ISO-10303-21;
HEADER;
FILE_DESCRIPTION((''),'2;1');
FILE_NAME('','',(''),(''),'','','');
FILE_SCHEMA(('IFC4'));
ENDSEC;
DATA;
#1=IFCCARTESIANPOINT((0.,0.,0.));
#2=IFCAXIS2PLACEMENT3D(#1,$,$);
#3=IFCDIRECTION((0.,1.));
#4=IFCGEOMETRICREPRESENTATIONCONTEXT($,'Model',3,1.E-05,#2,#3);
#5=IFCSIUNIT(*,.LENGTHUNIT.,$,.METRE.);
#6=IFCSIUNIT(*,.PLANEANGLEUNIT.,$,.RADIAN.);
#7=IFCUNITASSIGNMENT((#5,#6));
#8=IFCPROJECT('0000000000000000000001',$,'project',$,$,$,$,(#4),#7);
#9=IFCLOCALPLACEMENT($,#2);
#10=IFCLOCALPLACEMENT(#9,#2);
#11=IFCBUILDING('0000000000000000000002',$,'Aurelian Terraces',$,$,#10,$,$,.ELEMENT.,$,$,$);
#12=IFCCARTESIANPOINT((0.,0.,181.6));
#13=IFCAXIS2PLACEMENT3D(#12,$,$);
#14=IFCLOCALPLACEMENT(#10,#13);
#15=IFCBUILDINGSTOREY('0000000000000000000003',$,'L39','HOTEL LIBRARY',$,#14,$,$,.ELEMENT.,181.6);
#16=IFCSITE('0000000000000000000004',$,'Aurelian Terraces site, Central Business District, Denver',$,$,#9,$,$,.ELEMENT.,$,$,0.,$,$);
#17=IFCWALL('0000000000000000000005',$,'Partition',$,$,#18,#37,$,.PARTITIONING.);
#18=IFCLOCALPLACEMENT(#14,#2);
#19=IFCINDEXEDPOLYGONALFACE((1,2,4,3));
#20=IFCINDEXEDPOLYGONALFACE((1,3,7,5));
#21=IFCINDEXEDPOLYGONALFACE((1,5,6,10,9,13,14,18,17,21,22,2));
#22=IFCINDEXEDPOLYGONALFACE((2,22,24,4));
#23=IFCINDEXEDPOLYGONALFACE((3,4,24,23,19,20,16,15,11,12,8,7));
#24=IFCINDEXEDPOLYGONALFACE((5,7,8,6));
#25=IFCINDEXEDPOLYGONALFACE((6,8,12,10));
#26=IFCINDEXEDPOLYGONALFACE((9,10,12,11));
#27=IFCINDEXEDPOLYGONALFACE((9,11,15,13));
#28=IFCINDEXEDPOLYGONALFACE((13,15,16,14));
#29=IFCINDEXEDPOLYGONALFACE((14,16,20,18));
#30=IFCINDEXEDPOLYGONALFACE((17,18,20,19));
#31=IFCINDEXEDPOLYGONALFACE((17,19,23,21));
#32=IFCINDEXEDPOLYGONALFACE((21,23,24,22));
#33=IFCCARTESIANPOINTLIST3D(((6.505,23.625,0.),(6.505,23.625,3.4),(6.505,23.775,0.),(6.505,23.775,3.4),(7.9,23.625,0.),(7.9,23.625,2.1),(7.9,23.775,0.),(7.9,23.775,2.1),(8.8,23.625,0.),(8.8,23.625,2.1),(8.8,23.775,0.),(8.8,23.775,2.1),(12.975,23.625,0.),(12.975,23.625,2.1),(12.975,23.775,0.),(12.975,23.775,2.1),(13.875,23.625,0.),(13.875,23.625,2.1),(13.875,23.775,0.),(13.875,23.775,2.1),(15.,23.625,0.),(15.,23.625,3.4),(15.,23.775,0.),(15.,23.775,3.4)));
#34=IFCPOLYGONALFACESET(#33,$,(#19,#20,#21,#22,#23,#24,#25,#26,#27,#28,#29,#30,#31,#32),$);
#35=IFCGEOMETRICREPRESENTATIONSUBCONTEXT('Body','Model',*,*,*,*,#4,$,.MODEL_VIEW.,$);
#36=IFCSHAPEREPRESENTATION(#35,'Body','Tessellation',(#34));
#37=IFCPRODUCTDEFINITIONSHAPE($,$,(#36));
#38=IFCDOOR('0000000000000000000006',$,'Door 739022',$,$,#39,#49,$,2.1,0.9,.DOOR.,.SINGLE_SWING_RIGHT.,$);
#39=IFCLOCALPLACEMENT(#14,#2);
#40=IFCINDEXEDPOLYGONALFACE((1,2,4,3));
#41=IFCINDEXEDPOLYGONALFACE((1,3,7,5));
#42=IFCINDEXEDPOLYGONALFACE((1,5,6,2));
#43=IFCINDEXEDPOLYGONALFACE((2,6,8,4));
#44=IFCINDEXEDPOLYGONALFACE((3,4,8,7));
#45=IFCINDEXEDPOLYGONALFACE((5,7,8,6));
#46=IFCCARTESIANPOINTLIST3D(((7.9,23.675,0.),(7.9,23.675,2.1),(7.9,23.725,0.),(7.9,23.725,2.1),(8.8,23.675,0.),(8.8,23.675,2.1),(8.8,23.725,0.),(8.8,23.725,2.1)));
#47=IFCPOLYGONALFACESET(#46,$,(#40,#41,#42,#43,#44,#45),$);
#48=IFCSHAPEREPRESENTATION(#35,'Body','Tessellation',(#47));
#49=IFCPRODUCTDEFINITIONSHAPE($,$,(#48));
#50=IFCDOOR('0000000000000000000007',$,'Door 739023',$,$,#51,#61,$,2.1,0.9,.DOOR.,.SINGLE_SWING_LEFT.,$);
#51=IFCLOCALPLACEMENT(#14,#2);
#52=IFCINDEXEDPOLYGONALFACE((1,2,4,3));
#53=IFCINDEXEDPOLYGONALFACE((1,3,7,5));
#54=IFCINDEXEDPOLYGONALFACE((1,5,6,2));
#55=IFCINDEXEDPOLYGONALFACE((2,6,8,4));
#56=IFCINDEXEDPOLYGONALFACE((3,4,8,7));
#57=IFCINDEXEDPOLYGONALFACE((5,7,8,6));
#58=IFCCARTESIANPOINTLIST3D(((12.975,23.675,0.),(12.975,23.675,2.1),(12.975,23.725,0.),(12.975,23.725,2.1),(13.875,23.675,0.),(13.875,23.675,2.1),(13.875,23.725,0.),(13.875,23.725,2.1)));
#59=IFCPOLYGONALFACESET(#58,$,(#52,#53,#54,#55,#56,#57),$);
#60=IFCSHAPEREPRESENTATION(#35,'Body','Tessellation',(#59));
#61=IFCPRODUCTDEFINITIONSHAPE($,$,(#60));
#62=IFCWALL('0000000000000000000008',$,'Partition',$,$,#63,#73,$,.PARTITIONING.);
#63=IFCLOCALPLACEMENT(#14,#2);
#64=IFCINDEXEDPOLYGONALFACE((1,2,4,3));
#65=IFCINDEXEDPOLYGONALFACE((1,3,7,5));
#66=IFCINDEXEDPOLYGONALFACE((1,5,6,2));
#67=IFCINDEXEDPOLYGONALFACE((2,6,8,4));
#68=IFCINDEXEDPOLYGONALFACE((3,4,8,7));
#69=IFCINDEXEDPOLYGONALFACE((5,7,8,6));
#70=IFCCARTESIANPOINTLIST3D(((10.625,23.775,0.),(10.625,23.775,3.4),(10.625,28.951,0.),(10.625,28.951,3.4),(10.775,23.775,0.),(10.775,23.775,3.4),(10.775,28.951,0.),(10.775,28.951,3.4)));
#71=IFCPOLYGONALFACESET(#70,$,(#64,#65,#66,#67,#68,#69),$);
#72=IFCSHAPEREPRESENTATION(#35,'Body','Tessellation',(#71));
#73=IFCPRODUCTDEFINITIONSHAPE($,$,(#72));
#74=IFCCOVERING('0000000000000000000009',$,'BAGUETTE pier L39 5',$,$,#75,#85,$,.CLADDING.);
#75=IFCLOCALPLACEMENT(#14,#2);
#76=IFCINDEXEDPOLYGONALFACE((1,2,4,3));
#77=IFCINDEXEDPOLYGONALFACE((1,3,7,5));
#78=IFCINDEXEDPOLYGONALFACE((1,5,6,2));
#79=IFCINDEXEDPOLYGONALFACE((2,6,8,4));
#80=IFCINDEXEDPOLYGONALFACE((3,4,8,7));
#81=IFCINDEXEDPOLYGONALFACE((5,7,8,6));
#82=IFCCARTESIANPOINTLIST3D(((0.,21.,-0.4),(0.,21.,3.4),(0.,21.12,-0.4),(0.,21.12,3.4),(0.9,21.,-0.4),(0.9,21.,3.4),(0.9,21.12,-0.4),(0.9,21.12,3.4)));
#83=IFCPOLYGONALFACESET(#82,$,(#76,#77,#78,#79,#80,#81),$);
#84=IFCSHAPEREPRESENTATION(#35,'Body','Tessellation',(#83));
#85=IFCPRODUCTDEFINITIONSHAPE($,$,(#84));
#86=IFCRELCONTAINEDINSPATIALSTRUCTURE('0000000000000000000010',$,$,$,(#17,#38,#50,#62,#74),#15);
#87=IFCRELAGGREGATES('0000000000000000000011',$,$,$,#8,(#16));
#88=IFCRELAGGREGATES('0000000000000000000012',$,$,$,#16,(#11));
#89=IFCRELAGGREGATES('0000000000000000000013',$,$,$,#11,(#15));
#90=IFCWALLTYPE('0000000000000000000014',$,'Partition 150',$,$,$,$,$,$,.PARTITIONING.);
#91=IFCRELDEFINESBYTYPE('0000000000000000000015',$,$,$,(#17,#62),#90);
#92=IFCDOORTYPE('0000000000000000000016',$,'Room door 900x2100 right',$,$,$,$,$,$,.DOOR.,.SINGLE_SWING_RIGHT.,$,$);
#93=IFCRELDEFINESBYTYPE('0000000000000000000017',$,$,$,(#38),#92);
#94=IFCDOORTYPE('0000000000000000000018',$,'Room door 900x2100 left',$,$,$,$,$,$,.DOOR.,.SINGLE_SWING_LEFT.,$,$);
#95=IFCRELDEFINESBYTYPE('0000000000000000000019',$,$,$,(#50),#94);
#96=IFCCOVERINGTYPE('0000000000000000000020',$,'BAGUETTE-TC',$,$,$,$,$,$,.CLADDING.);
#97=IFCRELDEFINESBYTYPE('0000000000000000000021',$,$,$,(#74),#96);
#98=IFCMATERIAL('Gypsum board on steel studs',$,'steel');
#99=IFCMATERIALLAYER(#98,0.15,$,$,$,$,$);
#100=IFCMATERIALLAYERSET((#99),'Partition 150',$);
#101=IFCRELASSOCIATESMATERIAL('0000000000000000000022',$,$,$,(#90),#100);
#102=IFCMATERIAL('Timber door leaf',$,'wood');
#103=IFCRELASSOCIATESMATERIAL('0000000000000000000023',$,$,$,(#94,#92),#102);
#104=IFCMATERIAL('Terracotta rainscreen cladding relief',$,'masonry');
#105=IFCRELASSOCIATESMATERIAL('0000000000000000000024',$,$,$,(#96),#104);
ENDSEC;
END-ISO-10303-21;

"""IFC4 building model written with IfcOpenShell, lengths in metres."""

from ifc_helpers import new_model, si_unit, direction, frame, frame_2d, origin, origin_2d, place, context, subcontext, project, spatial, rectangle, extrude, source, transform, mapped, material, layer, layer_set, type_object, element, fill, save


model = new_model("IFC4")

# Units and contexts
model_context = context("Model", 3, precision=1e-05, world=origin(), true_north=direction((0.0, 1.0)))
body_context = subcontext(model_context, "Body", "Model", "MODEL_VIEW")
ifc_project = project(units=[si_unit("LENGTHUNIT", "METRE"), si_unit("PLANEANGLEUNIT", "RADIAN")], contexts=[model_context])

# Site, building, storey
site_placement = place(None, origin())
site = spatial("IfcSite", under=ifc_project, at=site_placement, Name="Aurelian Terraces site, Central Business District, Denver", CompositionType="ELEMENT", RefElevation=0.0)
building_placement = place(site_placement, origin())
building = spatial("IfcBuilding", under=site, at=building_placement, Name="Aurelian Terraces", CompositionType="ELEMENT")
storey_placement = place(building_placement, frame((0.0, 0.0, 181.6)))
storey = spatial("IfcBuildingStorey", under=building, at=storey_placement, Name="L39", Description="HOTEL LIBRARY", CompositionType="ELEMENT", Elevation=181.6)

# Shared definitions
ifc_material_1 = material(Name="Gypsum board on steel studs", Category="steel")

# Shared definitions
ifc_layer_1 = layer(ifc_material_1, 0.15)
ifc_layer_set_1 = layer_set([ifc_layer_1], Name="Partition 150")
wall_type_1 = type_object("IfcWallType", Name="Partition 150", PredefinedType="PARTITIONING", material=ifc_layer_set_1)
shared_shape_1 = source(origin(), body_context, "Body", "SweptSolid", [
    extrude(rectangle(XDim=0.9, YDim=2.1, at=frame_2d((0.45, 1.05))), frame((0.0, 0.085, 0.0), z_axis=(0.0, -1.0, 0.0), x_axis=(1.0, 0.0, 0.0)), (0.0, 0.0, 1.0), 0.17),
])
ifc_material_2 = material(Name="Timber door leaf", Category="wood")
door_type_1 = type_object("IfcDoorType", Name="Room door 900x2100 left", OperationType="SINGLE_SWING_LEFT", PredefinedType="DOOR", material=ifc_material_2)
shared_shape_2 = source(origin(), body_context, "Body", "SweptSolid", [
    extrude(rectangle(XDim=0.9, YDim=2.1, at=frame_2d((0.45, 1.05))), frame((0.0, 0.025, 0.0), z_axis=(0.0, -1.0, 0.0), x_axis=(1.0, 0.0, 0.0)), (0.0, 0.0, 1.0), 0.05),
])
door_type_2 = type_object("IfcDoorType", Name="Room door 900x2100 right", OperationType="SINGLE_SWING_RIGHT", PredefinedType="DOOR", material=ifc_material_2)

# Wall, openings, doors
shared_shape_3 = source(origin(), body_context, "Body", "SweptSolid", [
    extrude(rectangle(XDim=8.495, YDim=0.15, at=frame_2d((4.2475, 0.0))), origin(), (0.0, 0.0, 1.0), 3.4),
])
wall_1_placement = place(storey_placement, frame((6.505, 23.7, 0.0), z_axis=(0.0, 0.0, 1.0), x_axis=(1.0, 0.0, 0.0)))
wall_1 = element("IfcWall", 1, at=wall_1_placement, inside=storey, type_object=wall_type_1, Name="Partition", PredefinedType="PARTITIONING", context=body_context, shape_type="MappedRepresentation", body=[
    mapped(shared_shape_3, transform((0.0, 0.0, 0.0), scale=1.0)),
])
opening_1_placement = place(wall_1_placement, frame((1.395, 0.0, 0.0)))
opening_1 = element("IfcOpeningElement", 2, at=opening_1_placement, cuts=wall_1, PredefinedType="OPENING", context=body_context, shape_type="MappedRepresentation", body=[
    mapped(shared_shape_1, transform((0.0, 0.0, 0.0), scale=1.0)),
])
opening_2_placement = place(wall_1_placement, frame((6.47, 0.0, 0.0)))
opening_2 = element("IfcOpeningElement", 3, at=opening_2_placement, cuts=wall_1, PredefinedType="OPENING", context=body_context, shape_type="MappedRepresentation", body=[
    mapped(shared_shape_1, transform((0.0, 0.0, 0.0), scale=1.0)),
])
door_1_placement = place(opening_1_placement, origin())
door_1 = element("IfcDoor", 4, at=door_1_placement, inside=storey, type_object=door_type_2, Name="Door 739022", OperationType="SINGLE_SWING_RIGHT", OverallHeight=2.1, OverallWidth=0.9, PredefinedType="DOOR", context=body_context, shape_type="MappedRepresentation", body=[
    mapped(shared_shape_2, transform((0.0, 0.0, 0.0), scale=1.0)),
])
fill(opening_1, door_1)
door_2_placement = place(opening_2_placement, origin())
door_2 = element("IfcDoor", 5, at=door_2_placement, inside=storey, type_object=door_type_1, Name="Door 739023", OperationType="SINGLE_SWING_LEFT", OverallHeight=2.1, OverallWidth=0.9, PredefinedType="DOOR", context=body_context, shape_type="MappedRepresentation", body=[
    mapped(shared_shape_2, transform((0.0, 0.0, 0.0), scale=1.0)),
])
fill(opening_2, door_2)

# Wall
shared_shape_4 = source(origin(), body_context, "Body", "SweptSolid", [
    extrude(rectangle(XDim=5.176, YDim=0.15, at=frame_2d((2.588, 0.0))), origin(), (0.0, 0.0, 1.0), 3.4),
])
wall_2_placement = place(storey_placement, frame((10.7, 23.775, 0.0), z_axis=(0.0, 0.0, 1.0), x_axis=(0.0, 1.0, 0.0)))
element("IfcWall", 6, at=wall_2_placement, inside=storey, type_object=wall_type_1, Name="Partition", PredefinedType="PARTITIONING", context=body_context, shape_type="MappedRepresentation", body=[
    mapped(shared_shape_4, transform((0.0, 0.0, 0.0), scale=1.0)),
])

# Covering
ifc_material_3 = material(Name="Terracotta rainscreen cladding relief", Category="masonry")
covering_type = type_object("IfcCoveringType", Name="BAGUETTE-TC", PredefinedType="CLADDING", material=ifc_material_3)
shared_shape_5 = source(origin(), body_context, "Body", "SweptSolid", [
    extrude(rectangle(XDim=0.9, YDim=0.12, at=origin_2d()), origin(), (0.0, 0.0, 1.0), 3.8),
])
covering_placement = place(storey_placement, frame((0.45, 21.06, -0.4), z_axis=(0.0, 0.0, 1.0), x_axis=(1.0, 0.0, 0.0)))
element("IfcCovering", 7, at=covering_placement, inside=storey, type_object=covering_type, Name="BAGUETTE pier L39 5", PredefinedType="CLADDING", context=body_context, shape_type="MappedRepresentation", body=[
    mapped(shared_shape_5, transform((0.0, 0.0, 0.0), scale=1.0)),
])

save(model, "model.ifc")
